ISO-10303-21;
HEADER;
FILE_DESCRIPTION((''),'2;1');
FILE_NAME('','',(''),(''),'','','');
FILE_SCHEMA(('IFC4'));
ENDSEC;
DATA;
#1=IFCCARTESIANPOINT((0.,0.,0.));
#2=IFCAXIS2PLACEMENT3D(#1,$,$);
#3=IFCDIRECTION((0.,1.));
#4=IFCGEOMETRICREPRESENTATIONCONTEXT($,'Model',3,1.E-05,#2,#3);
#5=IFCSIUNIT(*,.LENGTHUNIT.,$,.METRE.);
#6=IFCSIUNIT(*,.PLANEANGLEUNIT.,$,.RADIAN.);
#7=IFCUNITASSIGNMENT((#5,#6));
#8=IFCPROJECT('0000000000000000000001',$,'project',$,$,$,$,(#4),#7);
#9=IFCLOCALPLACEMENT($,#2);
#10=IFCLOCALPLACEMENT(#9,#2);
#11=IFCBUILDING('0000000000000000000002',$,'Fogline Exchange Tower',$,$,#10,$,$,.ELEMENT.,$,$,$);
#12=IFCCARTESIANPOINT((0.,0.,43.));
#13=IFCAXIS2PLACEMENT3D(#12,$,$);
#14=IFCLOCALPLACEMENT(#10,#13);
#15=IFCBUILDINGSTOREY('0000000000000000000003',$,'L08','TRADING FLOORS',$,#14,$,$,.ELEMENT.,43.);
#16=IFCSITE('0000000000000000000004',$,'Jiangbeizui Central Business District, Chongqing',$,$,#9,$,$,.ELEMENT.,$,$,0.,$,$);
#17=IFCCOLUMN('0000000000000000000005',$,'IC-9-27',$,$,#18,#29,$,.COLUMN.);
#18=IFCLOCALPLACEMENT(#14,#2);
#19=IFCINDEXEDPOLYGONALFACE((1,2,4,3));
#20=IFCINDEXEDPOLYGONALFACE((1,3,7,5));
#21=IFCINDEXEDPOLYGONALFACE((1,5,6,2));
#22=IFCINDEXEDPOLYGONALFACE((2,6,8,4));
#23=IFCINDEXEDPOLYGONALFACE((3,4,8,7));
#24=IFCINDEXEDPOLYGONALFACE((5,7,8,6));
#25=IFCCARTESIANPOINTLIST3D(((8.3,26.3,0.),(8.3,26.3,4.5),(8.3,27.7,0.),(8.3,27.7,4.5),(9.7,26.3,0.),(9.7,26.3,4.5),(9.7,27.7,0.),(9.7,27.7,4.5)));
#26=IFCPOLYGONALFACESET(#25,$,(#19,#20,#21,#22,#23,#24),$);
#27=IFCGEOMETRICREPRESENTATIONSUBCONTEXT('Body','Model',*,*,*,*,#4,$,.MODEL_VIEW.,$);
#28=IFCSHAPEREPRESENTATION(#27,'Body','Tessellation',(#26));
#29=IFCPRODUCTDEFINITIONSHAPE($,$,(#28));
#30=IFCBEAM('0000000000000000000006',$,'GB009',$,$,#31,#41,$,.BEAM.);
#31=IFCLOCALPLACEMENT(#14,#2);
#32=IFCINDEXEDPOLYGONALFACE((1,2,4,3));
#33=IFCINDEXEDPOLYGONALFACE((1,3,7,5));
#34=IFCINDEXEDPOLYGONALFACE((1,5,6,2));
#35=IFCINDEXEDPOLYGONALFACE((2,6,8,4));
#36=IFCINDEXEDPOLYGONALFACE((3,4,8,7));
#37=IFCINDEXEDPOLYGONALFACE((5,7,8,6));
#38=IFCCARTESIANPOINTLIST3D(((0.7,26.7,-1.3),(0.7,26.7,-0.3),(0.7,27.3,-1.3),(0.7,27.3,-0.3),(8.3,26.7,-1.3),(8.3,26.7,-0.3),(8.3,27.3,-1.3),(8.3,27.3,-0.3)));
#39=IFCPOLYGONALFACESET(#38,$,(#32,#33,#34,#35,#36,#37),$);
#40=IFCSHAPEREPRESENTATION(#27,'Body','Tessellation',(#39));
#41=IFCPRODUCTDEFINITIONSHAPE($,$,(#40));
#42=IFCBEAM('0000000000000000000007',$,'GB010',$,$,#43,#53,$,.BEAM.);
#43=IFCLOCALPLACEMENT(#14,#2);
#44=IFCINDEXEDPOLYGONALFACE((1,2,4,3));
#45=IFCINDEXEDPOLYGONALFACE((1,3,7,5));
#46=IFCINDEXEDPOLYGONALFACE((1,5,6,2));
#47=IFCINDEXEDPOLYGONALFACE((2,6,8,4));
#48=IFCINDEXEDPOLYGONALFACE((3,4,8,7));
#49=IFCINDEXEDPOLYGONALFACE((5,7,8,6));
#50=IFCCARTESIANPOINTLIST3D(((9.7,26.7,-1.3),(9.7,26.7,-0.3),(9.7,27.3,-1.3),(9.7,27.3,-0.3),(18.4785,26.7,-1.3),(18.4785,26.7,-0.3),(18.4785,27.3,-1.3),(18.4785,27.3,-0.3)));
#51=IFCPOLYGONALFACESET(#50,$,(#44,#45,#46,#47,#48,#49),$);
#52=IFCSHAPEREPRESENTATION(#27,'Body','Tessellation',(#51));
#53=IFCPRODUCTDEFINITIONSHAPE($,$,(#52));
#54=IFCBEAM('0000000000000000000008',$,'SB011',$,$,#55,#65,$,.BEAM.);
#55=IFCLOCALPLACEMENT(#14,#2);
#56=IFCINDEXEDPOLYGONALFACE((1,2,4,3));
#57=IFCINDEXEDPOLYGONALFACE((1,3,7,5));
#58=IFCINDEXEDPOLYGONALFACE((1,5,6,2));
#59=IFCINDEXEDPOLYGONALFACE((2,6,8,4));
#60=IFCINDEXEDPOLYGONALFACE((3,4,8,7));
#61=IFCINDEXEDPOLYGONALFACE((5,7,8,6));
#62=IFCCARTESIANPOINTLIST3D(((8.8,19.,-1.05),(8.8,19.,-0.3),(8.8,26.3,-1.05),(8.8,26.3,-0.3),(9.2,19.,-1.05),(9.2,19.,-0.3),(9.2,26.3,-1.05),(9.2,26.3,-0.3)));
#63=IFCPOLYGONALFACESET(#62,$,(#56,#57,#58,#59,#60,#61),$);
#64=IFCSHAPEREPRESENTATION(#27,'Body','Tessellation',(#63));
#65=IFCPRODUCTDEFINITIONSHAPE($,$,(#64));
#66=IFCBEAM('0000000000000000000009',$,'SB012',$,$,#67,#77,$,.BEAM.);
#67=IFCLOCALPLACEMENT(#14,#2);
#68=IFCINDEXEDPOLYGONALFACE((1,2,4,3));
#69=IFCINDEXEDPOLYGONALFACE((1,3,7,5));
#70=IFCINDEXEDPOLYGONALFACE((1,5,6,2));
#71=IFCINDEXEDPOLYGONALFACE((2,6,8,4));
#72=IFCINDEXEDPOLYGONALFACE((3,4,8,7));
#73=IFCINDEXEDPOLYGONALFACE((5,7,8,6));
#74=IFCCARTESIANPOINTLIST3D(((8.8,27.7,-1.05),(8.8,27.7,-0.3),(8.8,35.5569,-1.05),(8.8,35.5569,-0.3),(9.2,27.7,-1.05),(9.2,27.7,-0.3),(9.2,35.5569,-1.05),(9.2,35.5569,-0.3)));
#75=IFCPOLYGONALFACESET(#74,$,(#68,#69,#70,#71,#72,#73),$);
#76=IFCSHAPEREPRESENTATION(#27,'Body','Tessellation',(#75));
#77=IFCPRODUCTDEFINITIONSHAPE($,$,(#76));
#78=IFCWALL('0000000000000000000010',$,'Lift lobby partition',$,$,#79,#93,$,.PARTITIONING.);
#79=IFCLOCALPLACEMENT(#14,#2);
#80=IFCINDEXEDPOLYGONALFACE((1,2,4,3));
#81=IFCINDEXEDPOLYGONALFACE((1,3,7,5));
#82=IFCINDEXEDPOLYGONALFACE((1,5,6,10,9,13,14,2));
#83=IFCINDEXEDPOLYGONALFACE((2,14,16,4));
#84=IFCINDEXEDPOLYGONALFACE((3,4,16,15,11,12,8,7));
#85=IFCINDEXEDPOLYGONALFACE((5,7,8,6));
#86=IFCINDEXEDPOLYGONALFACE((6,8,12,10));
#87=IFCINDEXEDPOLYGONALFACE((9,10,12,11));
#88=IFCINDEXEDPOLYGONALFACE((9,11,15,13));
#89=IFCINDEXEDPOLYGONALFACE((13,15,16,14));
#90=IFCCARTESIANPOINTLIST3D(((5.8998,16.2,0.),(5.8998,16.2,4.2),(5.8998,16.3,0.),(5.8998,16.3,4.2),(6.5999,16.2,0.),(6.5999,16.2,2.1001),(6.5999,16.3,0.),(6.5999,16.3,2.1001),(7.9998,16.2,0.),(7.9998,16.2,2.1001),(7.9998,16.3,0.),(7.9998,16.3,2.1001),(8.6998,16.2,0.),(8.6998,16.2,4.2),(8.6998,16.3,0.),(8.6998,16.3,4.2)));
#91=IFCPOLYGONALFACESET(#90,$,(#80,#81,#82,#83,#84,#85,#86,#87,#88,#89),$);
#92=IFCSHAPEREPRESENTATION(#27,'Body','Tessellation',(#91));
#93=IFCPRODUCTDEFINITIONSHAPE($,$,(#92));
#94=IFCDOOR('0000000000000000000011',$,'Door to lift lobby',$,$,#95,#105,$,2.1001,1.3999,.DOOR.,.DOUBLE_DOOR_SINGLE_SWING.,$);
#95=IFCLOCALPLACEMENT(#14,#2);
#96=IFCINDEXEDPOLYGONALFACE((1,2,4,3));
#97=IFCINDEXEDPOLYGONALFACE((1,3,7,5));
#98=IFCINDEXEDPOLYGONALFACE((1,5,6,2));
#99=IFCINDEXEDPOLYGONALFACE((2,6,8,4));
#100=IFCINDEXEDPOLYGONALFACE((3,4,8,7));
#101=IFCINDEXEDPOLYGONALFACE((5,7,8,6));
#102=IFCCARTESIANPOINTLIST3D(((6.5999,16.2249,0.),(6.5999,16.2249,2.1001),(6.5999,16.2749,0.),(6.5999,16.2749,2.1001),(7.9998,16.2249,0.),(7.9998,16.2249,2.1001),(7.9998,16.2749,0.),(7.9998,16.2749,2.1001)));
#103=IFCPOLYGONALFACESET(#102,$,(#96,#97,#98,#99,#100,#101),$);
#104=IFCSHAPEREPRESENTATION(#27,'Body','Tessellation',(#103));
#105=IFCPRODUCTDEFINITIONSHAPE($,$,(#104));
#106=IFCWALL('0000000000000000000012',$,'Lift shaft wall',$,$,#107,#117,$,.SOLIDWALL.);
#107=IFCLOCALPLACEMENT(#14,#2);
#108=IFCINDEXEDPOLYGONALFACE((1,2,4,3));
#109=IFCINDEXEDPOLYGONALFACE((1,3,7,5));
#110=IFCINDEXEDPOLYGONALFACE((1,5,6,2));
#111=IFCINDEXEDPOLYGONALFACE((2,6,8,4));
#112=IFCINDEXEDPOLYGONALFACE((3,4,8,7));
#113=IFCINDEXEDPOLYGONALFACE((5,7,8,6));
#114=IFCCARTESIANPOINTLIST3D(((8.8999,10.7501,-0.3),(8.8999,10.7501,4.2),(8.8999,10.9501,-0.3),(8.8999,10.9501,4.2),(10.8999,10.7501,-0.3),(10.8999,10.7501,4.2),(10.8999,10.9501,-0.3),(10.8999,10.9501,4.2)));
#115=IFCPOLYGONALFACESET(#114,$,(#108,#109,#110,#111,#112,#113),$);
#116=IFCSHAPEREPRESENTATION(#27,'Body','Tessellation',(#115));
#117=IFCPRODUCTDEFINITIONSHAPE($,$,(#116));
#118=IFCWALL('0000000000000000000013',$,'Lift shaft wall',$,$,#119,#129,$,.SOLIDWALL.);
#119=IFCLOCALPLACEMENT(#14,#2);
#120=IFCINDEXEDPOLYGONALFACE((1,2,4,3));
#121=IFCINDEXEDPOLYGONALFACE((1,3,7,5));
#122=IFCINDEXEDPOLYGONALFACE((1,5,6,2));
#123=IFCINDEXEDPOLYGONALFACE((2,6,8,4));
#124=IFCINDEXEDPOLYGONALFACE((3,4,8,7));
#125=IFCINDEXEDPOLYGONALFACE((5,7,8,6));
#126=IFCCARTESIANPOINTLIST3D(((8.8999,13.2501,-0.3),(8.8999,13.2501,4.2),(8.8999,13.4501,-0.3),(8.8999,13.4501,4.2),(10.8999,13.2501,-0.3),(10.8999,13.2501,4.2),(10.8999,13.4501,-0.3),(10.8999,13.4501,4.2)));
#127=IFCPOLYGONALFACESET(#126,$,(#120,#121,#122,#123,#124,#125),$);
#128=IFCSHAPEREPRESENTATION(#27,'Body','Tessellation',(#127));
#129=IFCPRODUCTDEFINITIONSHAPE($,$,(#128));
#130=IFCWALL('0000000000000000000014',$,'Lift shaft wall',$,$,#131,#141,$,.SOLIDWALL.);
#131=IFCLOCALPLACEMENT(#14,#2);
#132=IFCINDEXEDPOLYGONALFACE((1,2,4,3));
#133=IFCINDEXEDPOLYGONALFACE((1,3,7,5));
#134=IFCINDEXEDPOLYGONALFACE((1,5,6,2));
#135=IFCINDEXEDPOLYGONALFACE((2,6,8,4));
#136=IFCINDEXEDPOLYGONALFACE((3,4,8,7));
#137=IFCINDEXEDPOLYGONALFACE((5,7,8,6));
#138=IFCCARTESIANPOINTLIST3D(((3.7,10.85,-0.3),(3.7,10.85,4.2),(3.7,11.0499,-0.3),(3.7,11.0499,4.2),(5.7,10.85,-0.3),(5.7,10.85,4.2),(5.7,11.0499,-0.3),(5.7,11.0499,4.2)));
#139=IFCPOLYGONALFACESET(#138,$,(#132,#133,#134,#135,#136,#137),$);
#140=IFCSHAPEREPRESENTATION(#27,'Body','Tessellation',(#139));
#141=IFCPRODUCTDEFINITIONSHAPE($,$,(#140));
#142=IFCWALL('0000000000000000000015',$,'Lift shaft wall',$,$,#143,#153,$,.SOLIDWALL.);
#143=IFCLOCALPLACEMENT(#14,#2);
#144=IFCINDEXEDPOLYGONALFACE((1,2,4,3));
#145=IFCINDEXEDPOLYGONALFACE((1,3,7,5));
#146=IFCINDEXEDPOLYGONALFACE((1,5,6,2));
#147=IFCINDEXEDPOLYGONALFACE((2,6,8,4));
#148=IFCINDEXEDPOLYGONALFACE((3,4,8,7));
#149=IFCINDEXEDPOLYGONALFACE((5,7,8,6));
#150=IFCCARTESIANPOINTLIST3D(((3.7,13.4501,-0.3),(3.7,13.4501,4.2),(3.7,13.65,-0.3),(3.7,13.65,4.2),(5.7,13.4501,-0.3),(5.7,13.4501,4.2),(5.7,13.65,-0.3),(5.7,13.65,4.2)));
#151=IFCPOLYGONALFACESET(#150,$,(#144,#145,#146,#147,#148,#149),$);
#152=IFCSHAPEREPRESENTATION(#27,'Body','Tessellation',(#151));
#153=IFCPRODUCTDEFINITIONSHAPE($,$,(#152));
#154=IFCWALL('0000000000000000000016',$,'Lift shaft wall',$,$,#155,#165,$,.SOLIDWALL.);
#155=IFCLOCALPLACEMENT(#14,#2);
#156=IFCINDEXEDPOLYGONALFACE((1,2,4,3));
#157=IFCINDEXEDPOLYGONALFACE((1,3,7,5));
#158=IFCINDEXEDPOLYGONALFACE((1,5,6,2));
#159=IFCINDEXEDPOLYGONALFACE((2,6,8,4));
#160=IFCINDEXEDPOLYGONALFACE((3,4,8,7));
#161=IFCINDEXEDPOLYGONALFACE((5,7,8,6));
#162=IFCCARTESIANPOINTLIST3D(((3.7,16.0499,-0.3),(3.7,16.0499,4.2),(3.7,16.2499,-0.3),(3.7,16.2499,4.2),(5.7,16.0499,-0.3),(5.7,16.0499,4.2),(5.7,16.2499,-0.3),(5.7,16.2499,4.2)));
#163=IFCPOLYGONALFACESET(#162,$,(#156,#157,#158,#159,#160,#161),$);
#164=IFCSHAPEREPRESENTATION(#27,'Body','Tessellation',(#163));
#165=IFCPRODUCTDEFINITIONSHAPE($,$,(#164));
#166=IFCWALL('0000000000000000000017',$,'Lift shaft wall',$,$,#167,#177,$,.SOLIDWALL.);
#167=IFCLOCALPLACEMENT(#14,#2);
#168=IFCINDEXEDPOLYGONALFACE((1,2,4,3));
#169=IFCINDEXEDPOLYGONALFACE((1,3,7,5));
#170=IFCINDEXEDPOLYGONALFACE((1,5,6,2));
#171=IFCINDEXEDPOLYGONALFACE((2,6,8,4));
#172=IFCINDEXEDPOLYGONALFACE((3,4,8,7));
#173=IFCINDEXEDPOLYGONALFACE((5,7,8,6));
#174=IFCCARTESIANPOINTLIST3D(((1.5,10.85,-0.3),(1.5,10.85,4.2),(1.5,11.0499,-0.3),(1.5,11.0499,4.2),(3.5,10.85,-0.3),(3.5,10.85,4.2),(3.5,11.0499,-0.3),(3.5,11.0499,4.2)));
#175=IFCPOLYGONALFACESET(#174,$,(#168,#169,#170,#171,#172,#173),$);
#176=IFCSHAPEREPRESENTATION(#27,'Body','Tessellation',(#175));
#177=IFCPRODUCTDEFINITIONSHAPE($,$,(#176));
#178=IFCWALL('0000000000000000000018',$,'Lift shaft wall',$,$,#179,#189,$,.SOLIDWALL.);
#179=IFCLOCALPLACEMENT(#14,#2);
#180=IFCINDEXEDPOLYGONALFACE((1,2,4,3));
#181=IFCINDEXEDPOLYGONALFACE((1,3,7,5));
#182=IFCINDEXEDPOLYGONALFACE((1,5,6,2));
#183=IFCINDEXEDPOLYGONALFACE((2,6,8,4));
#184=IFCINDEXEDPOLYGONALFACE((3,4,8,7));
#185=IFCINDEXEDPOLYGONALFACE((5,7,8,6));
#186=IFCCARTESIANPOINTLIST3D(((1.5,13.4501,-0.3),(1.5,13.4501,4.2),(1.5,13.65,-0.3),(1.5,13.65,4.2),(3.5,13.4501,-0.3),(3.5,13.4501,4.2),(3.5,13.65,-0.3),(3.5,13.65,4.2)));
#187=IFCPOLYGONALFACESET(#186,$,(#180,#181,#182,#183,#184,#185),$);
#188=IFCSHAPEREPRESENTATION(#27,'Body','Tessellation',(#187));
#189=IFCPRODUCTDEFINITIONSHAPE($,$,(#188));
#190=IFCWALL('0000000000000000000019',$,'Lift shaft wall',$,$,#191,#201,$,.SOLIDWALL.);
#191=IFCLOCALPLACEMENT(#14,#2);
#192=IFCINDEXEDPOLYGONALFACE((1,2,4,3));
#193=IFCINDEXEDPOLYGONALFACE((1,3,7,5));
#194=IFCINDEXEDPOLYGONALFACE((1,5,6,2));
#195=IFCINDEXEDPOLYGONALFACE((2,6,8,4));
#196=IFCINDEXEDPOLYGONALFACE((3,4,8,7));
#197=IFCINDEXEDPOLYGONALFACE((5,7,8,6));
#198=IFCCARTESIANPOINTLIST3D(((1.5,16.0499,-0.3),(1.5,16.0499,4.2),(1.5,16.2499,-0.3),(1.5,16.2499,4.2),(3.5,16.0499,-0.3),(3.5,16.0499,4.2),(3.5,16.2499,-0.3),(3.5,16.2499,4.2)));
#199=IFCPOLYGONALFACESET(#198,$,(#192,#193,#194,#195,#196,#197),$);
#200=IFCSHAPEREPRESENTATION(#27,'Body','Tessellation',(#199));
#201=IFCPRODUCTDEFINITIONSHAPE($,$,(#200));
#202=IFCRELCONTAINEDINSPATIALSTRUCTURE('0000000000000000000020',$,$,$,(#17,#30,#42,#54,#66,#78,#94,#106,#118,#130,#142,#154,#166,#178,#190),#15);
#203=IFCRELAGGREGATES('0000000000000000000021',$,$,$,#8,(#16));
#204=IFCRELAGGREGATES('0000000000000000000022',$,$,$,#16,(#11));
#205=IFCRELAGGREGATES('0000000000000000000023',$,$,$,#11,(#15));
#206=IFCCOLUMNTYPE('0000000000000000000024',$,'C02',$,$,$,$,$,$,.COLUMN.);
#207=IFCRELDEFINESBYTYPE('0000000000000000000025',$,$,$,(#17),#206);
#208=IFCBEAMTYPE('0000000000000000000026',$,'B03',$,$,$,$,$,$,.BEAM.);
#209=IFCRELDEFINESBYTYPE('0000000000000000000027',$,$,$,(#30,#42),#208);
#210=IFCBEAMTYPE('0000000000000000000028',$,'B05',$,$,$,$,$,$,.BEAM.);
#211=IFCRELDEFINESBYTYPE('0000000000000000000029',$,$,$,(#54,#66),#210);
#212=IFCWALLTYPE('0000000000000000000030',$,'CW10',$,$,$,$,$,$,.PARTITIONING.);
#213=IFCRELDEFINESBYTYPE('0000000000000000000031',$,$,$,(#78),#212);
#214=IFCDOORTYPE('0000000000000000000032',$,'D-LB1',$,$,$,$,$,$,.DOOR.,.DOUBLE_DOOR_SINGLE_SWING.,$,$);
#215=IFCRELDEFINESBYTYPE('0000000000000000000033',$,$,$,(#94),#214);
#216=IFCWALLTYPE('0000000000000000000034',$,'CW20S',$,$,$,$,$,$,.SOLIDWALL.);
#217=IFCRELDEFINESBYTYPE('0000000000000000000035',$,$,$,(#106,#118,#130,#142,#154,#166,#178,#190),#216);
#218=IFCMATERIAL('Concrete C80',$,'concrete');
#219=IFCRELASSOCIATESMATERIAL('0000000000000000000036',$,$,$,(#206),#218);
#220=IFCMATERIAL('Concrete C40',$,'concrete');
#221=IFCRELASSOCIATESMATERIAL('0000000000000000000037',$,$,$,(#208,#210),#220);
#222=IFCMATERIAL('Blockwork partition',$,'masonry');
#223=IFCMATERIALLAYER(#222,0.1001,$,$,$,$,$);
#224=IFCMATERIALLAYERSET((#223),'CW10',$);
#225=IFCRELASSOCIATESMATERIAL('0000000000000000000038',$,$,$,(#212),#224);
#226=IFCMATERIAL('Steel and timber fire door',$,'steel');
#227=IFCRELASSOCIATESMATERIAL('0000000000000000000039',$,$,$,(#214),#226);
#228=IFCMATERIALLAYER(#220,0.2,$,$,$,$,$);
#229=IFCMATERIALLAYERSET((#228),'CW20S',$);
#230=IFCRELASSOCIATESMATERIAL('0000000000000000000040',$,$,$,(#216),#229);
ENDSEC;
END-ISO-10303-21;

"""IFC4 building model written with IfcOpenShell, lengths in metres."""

from ifc_helpers import new_model, si_unit, direction, frame, frame_2d, origin, origin_2d, place, context, subcontext, project, spatial, rectangle, extrude, material, layer, layer_set, material_profile, profile_set, type_object, element, fill, save


model = new_model("IFC4")

# Units and contexts
model_context = context("Model", 3, precision=1e-05, world=origin(), true_north=direction((0.0, 1.0)))
body_context = subcontext(model_context, "Body", "Model", "MODEL_VIEW")
ifc_project = project(units=[si_unit("LENGTHUNIT", "METRE"), si_unit("PLANEANGLEUNIT", "RADIAN")], contexts=[model_context])

# Site, building, storey
site_placement = place(None, origin())
site = spatial("IfcSite", under=ifc_project, at=site_placement, Name="Jiangbeizui Central Business District, Chongqing", CompositionType="ELEMENT", RefElevation=0.0)
building_placement = place(site_placement, origin())
building = spatial("IfcBuilding", under=site, at=building_placement, Name="Fogline Exchange Tower", CompositionType="ELEMENT")
storey_placement = place(building_placement, frame((0.0, 0.0, 43.0)))
storey = spatial("IfcBuildingStorey", under=building, at=storey_placement, Name="L08", Description="TRADING FLOORS", CompositionType="ELEMENT", Elevation=43.0)

# Column
ifc_material_1 = material(Name="Concrete C80", Category="concrete")
ifc_material_profile_1 = material_profile(ifc_material_1, rectangle(XDim=1.3999, YDim=1.3999, at=origin_2d()), Name="RC 1400x1400")
ifc_profile_set_1 = profile_set([ifc_material_profile_1], Name="Concrete C80")
column_type = type_object("IfcColumnType", Name="C02", PredefinedType="COLUMN", material=ifc_profile_set_1)
column_placement = place(storey_placement, frame((9.0, 27.0, 0.0), z_axis=(0.0, 0.0, 1.0), x_axis=(1.0, 0.0, 0.0)))
element("IfcColumn", 1, at=column_placement, inside=storey, type_object=column_type, Name="IC-9-27", PredefinedType="COLUMN", context=body_context, shape_type="SweptSolid", body=[
    extrude(rectangle(XDim=1.3999, YDim=1.3999, at=origin_2d()), origin(), (0.0, 0.0, 1.0), 4.5),
])

# Beams
ifc_material_2 = material(Name="Concrete C40", Category="concrete")
ifc_material_profile_2 = material_profile(ifc_material_2, rectangle(XDim=0.6001, YDim=1.0, at=origin_2d()), Name="RC 600x1000")
ifc_profile_set_2 = profile_set([ifc_material_profile_2], Name="Concrete C40")
beam_type_1 = type_object("IfcBeamType", Name="B03", PredefinedType="BEAM", material=ifc_profile_set_2)
beam_1_placement = place(storey_placement, frame((0.7, 27.0, -0.8), z_axis=(1.0, 0.0, 0.0), x_axis=(0.0, 1.0, 0.0)))
element("IfcBeam", 2, at=beam_1_placement, inside=storey, type_object=beam_type_1, Name="GB009", PredefinedType="BEAM", context=body_context, shape_type="SweptSolid", body=[
    extrude(rectangle(XDim=0.6001, YDim=1.0, at=origin_2d()), origin(), (0.0, 0.0, 1.0), 7.6001),
])
beam_2_placement = place(storey_placement, frame((9.7, 27.0, -0.8), z_axis=(1.0, 0.0, 0.0), x_axis=(0.0, 1.0, 0.0)))
element("IfcBeam", 3, at=beam_2_placement, inside=storey, type_object=beam_type_1, Name="GB010", PredefinedType="BEAM", context=body_context, shape_type="SweptSolid", body=[
    extrude(rectangle(XDim=0.6001, YDim=1.0, at=origin_2d()), origin(), (0.0, 0.0, 1.0), 8.7786),
])
ifc_material_profile_3 = material_profile(ifc_material_2, rectangle(XDim=0.3999, YDim=0.75, at=origin_2d()), Name="RC 400x750")
ifc_profile_set_3 = profile_set([ifc_material_profile_3], Name="Concrete C40")
beam_type_2 = type_object("IfcBeamType", Name="B05", PredefinedType="BEAM", material=ifc_profile_set_3)
beam_3_placement = place(storey_placement, frame((9.0, 19.0, -0.675), z_axis=(0.0, 1.0, 0.0), x_axis=(-1.0, 0.0, 0.0)))
element("IfcBeam", 4, at=beam_3_placement, inside=storey, type_object=beam_type_2, Name="SB011", PredefinedType="BEAM", context=body_context, shape_type="SweptSolid", body=[
    extrude(rectangle(XDim=0.3999, YDim=0.75, at=origin_2d()), origin(), (0.0, 0.0, 1.0), 7.3),
])
beam_4_placement = place(storey_placement, frame((9.0, 27.7, -0.675), z_axis=(0.0, 1.0, 0.0), x_axis=(-1.0, 0.0, 0.0)))
element("IfcBeam", 5, at=beam_4_placement, inside=storey, type_object=beam_type_2, Name="SB012", PredefinedType="BEAM", context=body_context, shape_type="SweptSolid", body=[
    extrude(rectangle(XDim=0.3999, YDim=0.75, at=origin_2d()), origin(), (0.0, 0.0, 1.0), 7.8569),
])

# Wall, opening, door
ifc_material_3 = material(Name="Blockwork partition", Category="masonry")
ifc_layer_1 = layer(ifc_material_3, 0.1001)
ifc_layer_set_1 = layer_set([ifc_layer_1], Name="CW10")
wall_type_1 = type_object("IfcWallType", Name="CW10", PredefinedType="PARTITIONING", material=ifc_layer_set_1)
wall_1_placement = place(storey_placement, frame((5.8999, 16.25, 0.0), z_axis=(0.0, 0.0, 1.0), x_axis=(1.0, 0.0, 0.0)))
wall_1 = element("IfcWall", 6, at=wall_1_placement, inside=storey, type_object=wall_type_1, Name="Lift lobby partition", PredefinedType="PARTITIONING", context=body_context, shape_type="SweptSolid", body=[
    extrude(rectangle(XDim=2.8, YDim=0.1001, at=frame_2d((1.3999, 0.0))), origin(), (0.0, 0.0, 1.0), 4.2),
])
opening_1_placement = place(wall_1_placement, frame((0.7, 0.0, 0.0)))
opening_1 = element("IfcOpeningElement", 7, at=opening_1_placement, cuts=wall_1, PredefinedType="OPENING", context=body_context, shape_type="SweptSolid", body=[
    extrude(rectangle(XDim=1.3999, YDim=2.1001, at=frame_2d((0.7, 1.05))), frame((0.0, 0.0601, 0.0), z_axis=(0.0, -1.0, 0.0), x_axis=(1.0, 0.0, 0.0)), (0.0, 0.0, 1.0), 0.1201),
])
ifc_material_4 = material(Name="Steel and timber fire door", Category="steel")
door_type_1 = type_object("IfcDoorType", Name="D-LB1", OperationType="DOUBLE_DOOR_SINGLE_SWING", PredefinedType="DOOR", material=ifc_material_4)
door_1_placement = place(opening_1_placement, origin())
door_1 = element("IfcDoor", 8, at=door_1_placement, inside=storey, type_object=door_type_1, Name="Door to lift lobby", OperationType="DOUBLE_DOOR_SINGLE_SWING", OverallHeight=2.1001, OverallWidth=1.3999, PredefinedType="DOOR", context=body_context, shape_type="SweptSolid", body=[
    extrude(rectangle(XDim=1.3999, YDim=2.1001, at=frame_2d((0.7, 1.05))), frame((0.0, 0.0249, 0.0), z_axis=(0.0, -1.0, 0.0), x_axis=(1.0, 0.0, 0.0)), (0.0, 0.0, 1.0), 0.05),
])
fill(opening_1, door_1)

# Walls
ifc_layer_2 = layer(ifc_material_2, 0.2)
ifc_layer_set_2 = layer_set([ifc_layer_2], Name="CW20S")
wall_type_2 = type_object("IfcWallType", Name="CW20S", PredefinedType="SOLIDWALL", material=ifc_layer_set_2)
for number, where, z_axis, x_axis, name in (
    (9, (8.8999, 10.8501, -0.3), (0.0, 0.0, 1.0), (1.0, 0.0, 0.0), "Lift shaft wall"),
    (10, (8.8999, 13.3501, -0.3), (0.0, 0.0, 1.0), (1.0, 0.0, 0.0), "Lift shaft wall"),
    (11, (3.7, 10.95, -0.3), (0.0, 0.0, 1.0), (1.0, 0.0, 0.0), "Lift shaft wall"),
    (12, (3.7, 13.55, -0.3), (0.0, 0.0, 1.0), (1.0, 0.0, 0.0), "Lift shaft wall"),
    (13, (3.7, 16.1499, -0.3), (0.0, 0.0, 1.0), (1.0, 0.0, 0.0), "Lift shaft wall"),
    (14, (1.5, 10.95, -0.3), (0.0, 0.0, 1.0), (1.0, 0.0, 0.0), "Lift shaft wall"),
    (15, (1.5, 13.55, -0.3), (0.0, 0.0, 1.0), (1.0, 0.0, 0.0), "Lift shaft wall"),
    (16, (1.5, 16.1499, -0.3), (0.0, 0.0, 1.0), (1.0, 0.0, 0.0), "Lift shaft wall"),
):
    element("IfcWall", number, at=place(storey_placement, frame(where, z_axis=z_axis, x_axis=x_axis)), inside=storey, type_object=wall_type_2, Name=name, PredefinedType="SOLIDWALL", context=body_context, shape_type="SweptSolid", body=[
        extrude(rectangle(XDim=2.0, YDim=0.2, at=frame_2d((1.0, 0.0))), origin(), (0.0, 0.0, 1.0), 4.5),
    ])

save(model, "model.ifc")
